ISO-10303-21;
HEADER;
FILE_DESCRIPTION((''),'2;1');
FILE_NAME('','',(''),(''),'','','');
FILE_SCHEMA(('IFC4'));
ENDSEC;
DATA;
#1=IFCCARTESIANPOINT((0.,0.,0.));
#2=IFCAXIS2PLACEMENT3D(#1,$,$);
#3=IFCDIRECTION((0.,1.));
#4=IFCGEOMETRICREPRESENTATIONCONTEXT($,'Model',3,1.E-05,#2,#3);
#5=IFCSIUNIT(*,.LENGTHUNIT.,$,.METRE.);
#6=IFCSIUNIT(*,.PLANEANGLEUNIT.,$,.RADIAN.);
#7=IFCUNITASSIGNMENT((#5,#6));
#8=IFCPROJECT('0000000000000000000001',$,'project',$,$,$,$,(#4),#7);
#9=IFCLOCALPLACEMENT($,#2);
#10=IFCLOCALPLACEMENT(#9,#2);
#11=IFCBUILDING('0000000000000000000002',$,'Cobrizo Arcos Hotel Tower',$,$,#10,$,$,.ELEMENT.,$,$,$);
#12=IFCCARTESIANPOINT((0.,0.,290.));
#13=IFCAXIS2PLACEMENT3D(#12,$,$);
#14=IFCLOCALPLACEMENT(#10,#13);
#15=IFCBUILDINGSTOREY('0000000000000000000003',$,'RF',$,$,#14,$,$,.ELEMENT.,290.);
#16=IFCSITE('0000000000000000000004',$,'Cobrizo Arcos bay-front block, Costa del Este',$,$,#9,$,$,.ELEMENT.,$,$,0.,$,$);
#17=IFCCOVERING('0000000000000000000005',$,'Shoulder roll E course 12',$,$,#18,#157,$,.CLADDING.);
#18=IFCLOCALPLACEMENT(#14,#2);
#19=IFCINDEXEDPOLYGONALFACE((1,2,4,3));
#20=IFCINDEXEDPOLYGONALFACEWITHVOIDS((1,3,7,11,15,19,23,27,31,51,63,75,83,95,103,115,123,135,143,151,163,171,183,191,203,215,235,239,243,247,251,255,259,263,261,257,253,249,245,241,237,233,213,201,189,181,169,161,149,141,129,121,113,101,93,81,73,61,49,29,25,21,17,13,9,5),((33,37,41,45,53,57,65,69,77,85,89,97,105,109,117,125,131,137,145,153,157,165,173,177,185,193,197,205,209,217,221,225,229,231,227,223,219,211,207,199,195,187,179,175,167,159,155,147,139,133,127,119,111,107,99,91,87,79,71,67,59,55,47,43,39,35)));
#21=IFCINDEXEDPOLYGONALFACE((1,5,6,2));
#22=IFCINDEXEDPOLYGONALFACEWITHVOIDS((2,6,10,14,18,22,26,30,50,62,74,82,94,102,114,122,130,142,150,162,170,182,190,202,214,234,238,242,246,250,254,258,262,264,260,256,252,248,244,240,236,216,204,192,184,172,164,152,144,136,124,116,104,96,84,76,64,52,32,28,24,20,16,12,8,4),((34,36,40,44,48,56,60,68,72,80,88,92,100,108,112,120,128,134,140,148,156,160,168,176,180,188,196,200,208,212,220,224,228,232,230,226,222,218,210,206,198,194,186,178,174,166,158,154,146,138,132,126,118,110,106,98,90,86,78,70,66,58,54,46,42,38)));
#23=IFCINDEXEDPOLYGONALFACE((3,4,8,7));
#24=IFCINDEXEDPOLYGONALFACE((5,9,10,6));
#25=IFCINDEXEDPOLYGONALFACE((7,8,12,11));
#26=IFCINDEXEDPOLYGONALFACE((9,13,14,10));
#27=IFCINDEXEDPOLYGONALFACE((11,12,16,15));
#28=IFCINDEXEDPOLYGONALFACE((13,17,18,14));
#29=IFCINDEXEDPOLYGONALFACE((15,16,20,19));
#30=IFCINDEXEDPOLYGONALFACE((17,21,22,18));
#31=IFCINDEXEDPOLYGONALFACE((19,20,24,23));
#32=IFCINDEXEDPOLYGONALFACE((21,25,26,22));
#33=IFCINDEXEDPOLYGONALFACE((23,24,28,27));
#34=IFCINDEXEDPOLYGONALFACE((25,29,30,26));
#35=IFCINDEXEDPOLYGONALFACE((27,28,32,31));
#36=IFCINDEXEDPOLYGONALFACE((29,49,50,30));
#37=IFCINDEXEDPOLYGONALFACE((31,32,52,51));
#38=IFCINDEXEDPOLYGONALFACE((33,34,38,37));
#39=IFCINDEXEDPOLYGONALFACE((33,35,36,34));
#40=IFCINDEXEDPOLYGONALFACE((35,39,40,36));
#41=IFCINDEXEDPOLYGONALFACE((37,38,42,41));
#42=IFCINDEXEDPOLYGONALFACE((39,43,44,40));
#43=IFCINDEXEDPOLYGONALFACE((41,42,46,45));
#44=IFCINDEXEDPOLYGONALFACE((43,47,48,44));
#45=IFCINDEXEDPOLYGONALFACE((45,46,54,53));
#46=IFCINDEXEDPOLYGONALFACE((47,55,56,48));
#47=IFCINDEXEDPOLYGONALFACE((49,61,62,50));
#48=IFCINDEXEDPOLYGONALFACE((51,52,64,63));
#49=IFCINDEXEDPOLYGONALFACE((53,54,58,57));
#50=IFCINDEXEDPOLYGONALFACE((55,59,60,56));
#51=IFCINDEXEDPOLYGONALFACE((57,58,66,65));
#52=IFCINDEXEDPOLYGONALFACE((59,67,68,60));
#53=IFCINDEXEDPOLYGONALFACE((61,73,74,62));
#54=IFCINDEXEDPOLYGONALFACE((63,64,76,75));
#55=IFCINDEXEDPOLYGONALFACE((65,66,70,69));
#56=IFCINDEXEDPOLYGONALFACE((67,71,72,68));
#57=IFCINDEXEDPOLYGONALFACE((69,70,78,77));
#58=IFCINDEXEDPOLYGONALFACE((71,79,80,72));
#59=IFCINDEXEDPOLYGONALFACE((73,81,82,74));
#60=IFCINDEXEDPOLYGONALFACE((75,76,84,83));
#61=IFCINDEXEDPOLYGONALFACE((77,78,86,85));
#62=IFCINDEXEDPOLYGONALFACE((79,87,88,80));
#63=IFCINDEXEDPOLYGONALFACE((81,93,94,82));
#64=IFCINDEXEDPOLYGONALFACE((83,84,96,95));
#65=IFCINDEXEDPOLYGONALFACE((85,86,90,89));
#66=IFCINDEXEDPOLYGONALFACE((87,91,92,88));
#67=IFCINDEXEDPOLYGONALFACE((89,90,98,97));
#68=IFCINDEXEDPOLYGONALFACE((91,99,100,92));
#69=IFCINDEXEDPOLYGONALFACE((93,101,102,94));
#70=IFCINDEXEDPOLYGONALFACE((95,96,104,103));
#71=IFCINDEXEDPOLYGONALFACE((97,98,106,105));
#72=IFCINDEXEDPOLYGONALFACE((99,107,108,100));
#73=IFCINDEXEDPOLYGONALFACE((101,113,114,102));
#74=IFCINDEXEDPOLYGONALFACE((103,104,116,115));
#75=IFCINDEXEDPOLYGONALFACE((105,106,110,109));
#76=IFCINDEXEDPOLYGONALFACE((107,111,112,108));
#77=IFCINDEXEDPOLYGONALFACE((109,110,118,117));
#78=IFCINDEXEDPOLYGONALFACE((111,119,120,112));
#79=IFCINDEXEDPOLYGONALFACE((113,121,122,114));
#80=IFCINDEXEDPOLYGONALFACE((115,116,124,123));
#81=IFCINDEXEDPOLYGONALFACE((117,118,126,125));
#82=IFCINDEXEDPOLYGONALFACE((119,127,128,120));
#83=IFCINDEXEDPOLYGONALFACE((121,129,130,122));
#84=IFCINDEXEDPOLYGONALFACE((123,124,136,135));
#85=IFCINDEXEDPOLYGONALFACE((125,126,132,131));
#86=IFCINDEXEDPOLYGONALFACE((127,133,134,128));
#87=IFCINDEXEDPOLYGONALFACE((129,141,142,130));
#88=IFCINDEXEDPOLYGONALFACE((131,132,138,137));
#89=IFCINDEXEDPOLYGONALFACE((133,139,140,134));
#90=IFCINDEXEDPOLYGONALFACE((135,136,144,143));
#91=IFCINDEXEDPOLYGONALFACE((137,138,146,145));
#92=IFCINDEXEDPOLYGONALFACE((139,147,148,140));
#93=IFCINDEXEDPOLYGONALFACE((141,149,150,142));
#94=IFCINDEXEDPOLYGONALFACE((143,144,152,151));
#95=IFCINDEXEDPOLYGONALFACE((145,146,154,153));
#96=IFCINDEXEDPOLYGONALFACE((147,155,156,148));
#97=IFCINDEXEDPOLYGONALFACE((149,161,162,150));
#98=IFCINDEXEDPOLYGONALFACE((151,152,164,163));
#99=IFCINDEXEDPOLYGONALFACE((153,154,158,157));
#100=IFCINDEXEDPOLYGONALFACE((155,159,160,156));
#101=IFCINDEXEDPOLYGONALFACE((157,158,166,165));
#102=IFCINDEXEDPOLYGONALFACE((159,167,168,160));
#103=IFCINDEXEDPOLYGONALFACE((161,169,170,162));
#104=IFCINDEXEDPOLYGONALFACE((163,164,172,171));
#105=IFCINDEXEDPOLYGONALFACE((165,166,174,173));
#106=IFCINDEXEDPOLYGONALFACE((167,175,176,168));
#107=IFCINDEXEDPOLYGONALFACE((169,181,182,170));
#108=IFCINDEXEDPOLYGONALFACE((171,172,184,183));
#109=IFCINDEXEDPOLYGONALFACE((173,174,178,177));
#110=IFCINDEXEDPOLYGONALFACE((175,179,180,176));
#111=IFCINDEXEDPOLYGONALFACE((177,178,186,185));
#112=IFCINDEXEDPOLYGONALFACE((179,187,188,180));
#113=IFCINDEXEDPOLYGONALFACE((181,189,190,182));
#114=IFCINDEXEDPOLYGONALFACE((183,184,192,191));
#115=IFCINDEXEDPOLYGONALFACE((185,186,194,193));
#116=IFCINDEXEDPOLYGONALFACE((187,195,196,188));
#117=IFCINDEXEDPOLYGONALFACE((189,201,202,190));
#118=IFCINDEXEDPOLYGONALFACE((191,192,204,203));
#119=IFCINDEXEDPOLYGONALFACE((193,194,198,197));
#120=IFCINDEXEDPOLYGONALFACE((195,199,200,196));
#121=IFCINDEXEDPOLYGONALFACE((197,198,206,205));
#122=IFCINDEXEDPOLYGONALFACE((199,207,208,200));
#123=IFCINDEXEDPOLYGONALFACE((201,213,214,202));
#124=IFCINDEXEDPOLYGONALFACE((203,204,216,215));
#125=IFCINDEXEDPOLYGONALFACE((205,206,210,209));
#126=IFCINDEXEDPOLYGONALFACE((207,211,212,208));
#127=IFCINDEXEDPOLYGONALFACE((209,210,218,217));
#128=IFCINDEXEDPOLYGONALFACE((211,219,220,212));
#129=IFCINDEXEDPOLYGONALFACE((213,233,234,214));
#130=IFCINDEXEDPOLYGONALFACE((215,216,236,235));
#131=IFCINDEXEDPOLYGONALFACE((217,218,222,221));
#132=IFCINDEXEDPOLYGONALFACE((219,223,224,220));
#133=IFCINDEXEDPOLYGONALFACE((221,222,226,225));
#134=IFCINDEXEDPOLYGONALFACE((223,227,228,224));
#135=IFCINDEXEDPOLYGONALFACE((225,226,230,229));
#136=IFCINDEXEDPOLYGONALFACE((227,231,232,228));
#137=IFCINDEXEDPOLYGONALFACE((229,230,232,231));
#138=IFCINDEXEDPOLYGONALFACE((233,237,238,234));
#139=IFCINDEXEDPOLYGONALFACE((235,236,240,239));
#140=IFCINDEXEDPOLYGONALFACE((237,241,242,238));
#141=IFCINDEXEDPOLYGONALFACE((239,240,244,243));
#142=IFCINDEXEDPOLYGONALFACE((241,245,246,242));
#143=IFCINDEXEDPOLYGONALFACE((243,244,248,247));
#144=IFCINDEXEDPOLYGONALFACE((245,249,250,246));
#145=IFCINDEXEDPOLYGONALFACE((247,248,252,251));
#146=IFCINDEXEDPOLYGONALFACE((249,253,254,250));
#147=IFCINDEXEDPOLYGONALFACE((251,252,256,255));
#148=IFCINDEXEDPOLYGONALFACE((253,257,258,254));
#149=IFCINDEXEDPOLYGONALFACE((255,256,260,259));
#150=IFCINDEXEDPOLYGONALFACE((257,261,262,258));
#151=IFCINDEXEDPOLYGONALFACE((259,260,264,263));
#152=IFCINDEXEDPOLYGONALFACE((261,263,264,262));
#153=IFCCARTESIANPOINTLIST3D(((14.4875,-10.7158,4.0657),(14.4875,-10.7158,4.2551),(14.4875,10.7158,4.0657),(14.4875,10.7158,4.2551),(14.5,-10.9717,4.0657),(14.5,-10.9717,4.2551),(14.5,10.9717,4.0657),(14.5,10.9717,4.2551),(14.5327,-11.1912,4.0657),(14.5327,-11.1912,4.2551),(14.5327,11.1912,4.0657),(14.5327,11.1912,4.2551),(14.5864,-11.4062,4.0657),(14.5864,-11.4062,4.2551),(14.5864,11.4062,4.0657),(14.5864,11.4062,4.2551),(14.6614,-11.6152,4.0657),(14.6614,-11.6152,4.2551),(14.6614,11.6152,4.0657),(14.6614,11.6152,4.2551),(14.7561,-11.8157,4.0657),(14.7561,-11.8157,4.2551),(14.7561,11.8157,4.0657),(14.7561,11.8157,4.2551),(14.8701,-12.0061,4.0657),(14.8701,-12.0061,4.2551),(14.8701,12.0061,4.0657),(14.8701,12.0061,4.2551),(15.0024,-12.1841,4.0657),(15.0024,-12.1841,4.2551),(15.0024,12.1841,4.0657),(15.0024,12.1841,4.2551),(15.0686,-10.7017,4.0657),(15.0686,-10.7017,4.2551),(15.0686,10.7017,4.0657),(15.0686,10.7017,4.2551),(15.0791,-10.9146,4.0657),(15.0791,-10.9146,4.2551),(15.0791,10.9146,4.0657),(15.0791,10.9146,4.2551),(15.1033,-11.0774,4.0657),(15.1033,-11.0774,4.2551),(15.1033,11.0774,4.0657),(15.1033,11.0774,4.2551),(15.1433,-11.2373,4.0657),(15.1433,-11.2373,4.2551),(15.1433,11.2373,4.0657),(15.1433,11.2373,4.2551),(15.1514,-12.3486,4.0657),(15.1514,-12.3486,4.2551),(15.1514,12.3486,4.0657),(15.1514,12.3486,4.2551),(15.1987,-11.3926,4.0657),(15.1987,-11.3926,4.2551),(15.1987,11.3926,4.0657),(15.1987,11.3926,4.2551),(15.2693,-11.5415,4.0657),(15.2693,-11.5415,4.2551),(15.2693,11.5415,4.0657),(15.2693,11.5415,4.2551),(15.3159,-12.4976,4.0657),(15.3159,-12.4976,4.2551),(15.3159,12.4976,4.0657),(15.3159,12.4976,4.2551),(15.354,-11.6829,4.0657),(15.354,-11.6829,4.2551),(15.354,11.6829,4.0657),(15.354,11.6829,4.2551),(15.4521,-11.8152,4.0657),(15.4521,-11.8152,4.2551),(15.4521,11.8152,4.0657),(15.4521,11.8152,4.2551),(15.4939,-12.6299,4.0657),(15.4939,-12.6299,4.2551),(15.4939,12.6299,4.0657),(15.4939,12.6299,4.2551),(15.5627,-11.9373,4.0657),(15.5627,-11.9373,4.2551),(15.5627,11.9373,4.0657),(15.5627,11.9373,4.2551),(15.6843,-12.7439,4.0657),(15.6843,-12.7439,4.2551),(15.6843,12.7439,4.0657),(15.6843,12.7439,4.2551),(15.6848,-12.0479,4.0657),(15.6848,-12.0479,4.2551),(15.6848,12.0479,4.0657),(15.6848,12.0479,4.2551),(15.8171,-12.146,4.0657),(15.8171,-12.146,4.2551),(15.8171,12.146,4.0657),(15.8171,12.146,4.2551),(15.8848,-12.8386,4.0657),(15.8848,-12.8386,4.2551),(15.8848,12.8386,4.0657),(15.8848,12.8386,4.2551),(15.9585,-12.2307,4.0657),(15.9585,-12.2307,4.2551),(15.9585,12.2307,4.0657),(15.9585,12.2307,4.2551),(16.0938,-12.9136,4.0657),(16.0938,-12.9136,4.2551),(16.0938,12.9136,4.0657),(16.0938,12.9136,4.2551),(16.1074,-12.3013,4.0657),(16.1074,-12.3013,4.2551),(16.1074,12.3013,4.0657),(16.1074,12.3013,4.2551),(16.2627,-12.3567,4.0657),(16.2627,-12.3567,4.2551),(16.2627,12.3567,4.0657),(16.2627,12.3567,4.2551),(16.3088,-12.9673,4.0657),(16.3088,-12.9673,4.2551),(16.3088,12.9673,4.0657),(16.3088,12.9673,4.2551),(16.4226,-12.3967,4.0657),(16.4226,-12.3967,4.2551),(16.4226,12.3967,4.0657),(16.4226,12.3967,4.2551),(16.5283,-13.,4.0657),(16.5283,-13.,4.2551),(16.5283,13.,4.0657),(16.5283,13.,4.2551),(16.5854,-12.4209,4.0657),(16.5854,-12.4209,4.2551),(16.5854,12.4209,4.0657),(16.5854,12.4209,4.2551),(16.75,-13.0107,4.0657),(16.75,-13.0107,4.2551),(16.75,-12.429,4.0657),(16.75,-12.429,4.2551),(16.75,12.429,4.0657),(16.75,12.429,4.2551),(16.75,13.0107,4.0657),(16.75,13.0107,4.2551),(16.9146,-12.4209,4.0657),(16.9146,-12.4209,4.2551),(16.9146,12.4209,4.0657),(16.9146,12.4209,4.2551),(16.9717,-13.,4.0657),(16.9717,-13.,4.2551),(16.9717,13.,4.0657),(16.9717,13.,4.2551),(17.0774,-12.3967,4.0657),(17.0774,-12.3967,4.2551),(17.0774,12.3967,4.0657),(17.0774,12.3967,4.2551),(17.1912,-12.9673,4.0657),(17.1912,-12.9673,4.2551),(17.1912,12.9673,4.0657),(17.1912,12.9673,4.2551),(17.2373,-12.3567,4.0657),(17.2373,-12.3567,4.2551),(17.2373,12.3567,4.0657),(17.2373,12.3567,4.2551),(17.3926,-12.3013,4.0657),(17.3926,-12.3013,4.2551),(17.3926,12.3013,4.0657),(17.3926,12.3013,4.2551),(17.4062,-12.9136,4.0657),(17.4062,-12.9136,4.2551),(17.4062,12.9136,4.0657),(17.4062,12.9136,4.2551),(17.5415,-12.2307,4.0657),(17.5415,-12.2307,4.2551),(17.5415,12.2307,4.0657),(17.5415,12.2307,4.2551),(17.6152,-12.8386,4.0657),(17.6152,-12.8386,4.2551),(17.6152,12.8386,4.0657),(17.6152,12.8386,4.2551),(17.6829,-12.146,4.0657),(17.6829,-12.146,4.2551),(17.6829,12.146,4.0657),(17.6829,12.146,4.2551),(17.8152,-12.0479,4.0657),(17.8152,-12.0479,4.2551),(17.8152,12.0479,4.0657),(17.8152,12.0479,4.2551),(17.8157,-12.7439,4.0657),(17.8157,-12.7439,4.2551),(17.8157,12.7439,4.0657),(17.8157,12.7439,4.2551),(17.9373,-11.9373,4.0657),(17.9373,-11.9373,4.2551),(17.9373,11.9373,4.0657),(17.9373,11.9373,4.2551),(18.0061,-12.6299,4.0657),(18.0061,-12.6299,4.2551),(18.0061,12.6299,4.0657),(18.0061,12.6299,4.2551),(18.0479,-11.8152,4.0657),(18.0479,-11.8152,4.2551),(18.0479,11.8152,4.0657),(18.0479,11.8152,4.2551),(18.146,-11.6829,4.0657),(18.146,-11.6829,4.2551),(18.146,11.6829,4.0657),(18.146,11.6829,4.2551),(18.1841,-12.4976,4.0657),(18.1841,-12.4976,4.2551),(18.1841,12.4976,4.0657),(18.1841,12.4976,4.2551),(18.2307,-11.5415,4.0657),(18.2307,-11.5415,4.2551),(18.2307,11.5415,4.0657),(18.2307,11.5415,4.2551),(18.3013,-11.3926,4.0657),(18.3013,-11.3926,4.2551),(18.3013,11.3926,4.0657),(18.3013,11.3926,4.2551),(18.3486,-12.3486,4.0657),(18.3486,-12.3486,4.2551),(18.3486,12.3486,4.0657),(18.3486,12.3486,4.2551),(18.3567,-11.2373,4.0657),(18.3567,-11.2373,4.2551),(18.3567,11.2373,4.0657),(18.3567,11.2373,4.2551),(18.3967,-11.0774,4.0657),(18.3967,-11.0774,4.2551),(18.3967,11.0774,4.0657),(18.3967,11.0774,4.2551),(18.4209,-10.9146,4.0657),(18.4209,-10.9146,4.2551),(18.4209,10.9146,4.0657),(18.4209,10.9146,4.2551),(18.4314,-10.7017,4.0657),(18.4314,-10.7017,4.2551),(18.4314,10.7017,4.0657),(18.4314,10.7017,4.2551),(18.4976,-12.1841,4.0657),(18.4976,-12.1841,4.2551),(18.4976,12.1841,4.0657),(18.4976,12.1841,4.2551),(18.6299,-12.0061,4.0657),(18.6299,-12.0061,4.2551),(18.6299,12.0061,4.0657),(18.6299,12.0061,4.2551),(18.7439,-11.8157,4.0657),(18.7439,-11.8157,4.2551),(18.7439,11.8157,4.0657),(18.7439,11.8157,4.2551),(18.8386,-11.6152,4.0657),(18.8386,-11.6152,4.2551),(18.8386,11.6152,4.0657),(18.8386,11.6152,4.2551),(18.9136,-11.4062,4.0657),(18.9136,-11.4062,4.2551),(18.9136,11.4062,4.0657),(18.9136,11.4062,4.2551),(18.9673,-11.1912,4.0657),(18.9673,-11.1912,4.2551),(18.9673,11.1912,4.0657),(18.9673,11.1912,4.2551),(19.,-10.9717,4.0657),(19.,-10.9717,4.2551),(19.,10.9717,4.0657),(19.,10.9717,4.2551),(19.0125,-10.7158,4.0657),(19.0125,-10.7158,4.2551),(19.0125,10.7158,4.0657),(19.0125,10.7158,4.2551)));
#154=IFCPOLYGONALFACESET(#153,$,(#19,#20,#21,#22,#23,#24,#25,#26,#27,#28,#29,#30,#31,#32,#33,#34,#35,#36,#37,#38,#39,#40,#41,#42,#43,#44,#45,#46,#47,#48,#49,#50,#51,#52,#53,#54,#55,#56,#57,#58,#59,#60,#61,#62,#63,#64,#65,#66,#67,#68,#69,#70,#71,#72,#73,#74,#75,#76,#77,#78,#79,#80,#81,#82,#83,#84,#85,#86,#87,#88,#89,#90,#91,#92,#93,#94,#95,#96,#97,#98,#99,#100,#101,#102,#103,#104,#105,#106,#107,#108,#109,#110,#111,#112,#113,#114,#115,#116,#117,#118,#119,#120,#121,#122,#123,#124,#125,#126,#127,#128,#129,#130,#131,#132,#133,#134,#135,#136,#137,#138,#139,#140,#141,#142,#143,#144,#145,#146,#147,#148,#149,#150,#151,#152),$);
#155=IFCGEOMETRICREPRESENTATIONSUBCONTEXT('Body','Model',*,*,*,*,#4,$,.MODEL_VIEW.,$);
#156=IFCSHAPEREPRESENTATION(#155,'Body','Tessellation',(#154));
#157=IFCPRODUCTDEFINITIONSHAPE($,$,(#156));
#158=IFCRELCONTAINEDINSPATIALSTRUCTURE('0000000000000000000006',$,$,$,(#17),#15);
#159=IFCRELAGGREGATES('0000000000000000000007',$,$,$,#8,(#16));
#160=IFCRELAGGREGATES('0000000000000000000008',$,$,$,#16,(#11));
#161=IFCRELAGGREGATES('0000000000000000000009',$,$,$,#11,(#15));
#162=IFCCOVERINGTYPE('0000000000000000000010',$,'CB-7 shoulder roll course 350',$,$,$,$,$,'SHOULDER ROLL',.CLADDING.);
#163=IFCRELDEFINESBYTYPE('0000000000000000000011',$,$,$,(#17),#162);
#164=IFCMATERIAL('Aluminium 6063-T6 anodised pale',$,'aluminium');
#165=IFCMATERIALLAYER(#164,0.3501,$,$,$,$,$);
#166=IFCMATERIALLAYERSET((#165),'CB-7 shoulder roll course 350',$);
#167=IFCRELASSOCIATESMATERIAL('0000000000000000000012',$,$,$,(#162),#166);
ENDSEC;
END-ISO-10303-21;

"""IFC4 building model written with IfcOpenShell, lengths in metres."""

from ifc_helpers import new_model, si_unit, direction, frame, origin, place, context, subcontext, project, spatial, polyline, outline, extrude, material, layer, layer_set, type_object, element, save


model = new_model("IFC4")

# Units and contexts
model_context = context("Model", 3, precision=1e-05, world=origin(), true_north=direction((0.0, 1.0)))
body_context = subcontext(model_context, "Body", "Model", "MODEL_VIEW")
ifc_project = project(units=[si_unit("LENGTHUNIT", "METRE"), si_unit("PLANEANGLEUNIT", "RADIAN")], contexts=[model_context])

# Site, building, storey
site_placement = place(None, origin())
site = spatial("IfcSite", under=ifc_project, at=site_placement, Name="Cobrizo Arcos bay-front block, Costa del Este", CompositionType="ELEMENT", RefElevation=0.0)
building_placement = place(site_placement, origin())
building = spatial("IfcBuilding", under=site, at=building_placement, Name="Cobrizo Arcos Hotel Tower", CompositionType="ELEMENT")
storey_placement = place(building_placement, frame((0.0, 0.0, 290.0)))
storey = spatial("IfcBuildingStorey", under=building, at=storey_placement, Name="RF", CompositionType="ELEMENT", Elevation=290.0)

# Covering
ifc_material_1 = material(Name="Aluminium 6063-T6 anodised pale", Category="aluminium")
ifc_layer_1 = layer(ifc_material_1, 0.3501)
ifc_layer_set_1 = layer_set([ifc_layer_1], Name="CB-7 shoulder roll course 350")
covering_type_1 = type_object("IfcCoveringType", Name="CB-7 shoulder roll course 350", ElementType="SHOULDER ROLL", PredefinedType="CLADDING", material=ifc_layer_set_1)
covering_1_placement = place(storey_placement, frame((0.0, 0.0, 4.0657)))
element("IfcCovering", 1, at=covering_1_placement, inside=storey, type_object=covering_type_1, Name="Shoulder roll E course 12", PredefinedType="CLADDING", context=body_context, shape_type="SweptSolid", body=[
    extrude(outline(polyline([(14.4875, 10.7158), (14.5, 10.9717), (14.5327, 11.1912), (14.5864, 11.4062), (14.6614, 11.6152), (14.7561, 11.8157), (14.8701, 12.0061), (15.0024, 12.1841), (15.1514, 12.3486), (15.3159, 12.4976), (15.4939, 12.6299), (15.6843, 12.7439), (15.8848, 12.8386), (16.0938, 12.9136), (16.3088, 12.9673), (16.5283, 13.0), (16.75, 13.0107), (16.9717, 13.0), (17.1912, 12.9673), (17.4062, 12.9136), (17.6152, 12.8386), (17.8157, 12.7439), (18.0061, 12.6299), (18.1841, 12.4976), (18.3486, 12.3486), (18.4976, 12.1841), (18.6299, 12.0061), (18.7439, 11.8157), (18.8386, 11.6152), (18.9136, 11.4062), (18.9673, 11.1912), (19.0, 10.9717), (19.0125, 10.7158), (19.0125, -10.7158), (19.0, -10.9717), (18.9673, -11.1912), (18.9136, -11.4062), (18.8386, -11.6152), (18.7439, -11.8157), (18.6299, -12.0061), (18.4976, -12.1841), (18.3486, -12.3486), (18.1841, -12.4976), (18.0061, -12.6299), (17.8157, -12.7439), (17.6152, -12.8386), (17.4062, -12.9136), (17.1912, -12.9673), (16.9717, -13.0), (16.75, -13.0107), (16.5283, -13.0), (16.3088, -12.9673), (16.0938, -12.9136), (15.8848, -12.8386), (15.6843, -12.7439), (15.4939, -12.6299), (15.3159, -12.4976), (15.1514, -12.3486), (15.0024, -12.1841), (14.8701, -12.0061), (14.7561, -11.8157), (14.6614, -11.6152), (14.5864, -11.4062), (14.5327, -11.1912), (14.5, -10.9717), (14.4875, -10.7158), (14.4875, 10.7158)]), holes=[polyline([(15.0686, 10.7017), (15.0791, 10.9146), (15.1033, 11.0774), (15.1433, 11.2373), (15.1987, 11.3926), (15.2693, 11.5415), (15.354, 11.6829), (15.4521, 11.8152), (15.5627, 11.9373), (15.6848, 12.0479), (15.8171, 12.146), (15.9585, 12.2307), (16.1074, 12.3013), (16.2627, 12.3567), (16.4226, 12.3967), (16.5854, 12.4209), (16.75, 12.429), (16.9146, 12.4209), (17.0774, 12.3967), (17.2373, 12.3567), (17.3926, 12.3013), (17.5415, 12.2307), (17.6829, 12.146), (17.8152, 12.0479), (17.9373, 11.9373), (18.0479, 11.8152), (18.146, 11.6829), (18.2307, 11.5415), (18.3013, 11.3926), (18.3567, 11.2373), (18.3967, 11.0774), (18.4209, 10.9146), (18.4314, 10.7017), (18.4314, -10.7017), (18.4209, -10.9146), (18.3967, -11.0774), (18.3567, -11.2373), (18.3013, -11.3926), (18.2307, -11.5415), (18.146, -11.6829), (18.0479, -11.8152), (17.9373, -11.9373), (17.8152, -12.0479), (17.6829, -12.146), (17.5415, -12.2307), (17.3926, -12.3013), (17.2373, -12.3567), (17.0774, -12.3967), (16.9146, -12.4209), (16.75, -12.429), (16.5854, -12.4209), (16.4226, -12.3967), (16.2627, -12.3567), (16.1074, -12.3013), (15.9585, -12.2307), (15.8171, -12.146), (15.6848, -12.0479), (15.5627, -11.9373), (15.4521, -11.8152), (15.354, -11.6829), (15.2693, -11.5415), (15.1987, -11.3926), (15.1433, -11.2373), (15.1033, -11.0774), (15.0791, -10.9146), (15.0686, -10.7017), (15.0686, 10.7017)])]), origin(), (0.0, 0.0, 1.0), 0.1895),
])

save(model, "model.ifc")
